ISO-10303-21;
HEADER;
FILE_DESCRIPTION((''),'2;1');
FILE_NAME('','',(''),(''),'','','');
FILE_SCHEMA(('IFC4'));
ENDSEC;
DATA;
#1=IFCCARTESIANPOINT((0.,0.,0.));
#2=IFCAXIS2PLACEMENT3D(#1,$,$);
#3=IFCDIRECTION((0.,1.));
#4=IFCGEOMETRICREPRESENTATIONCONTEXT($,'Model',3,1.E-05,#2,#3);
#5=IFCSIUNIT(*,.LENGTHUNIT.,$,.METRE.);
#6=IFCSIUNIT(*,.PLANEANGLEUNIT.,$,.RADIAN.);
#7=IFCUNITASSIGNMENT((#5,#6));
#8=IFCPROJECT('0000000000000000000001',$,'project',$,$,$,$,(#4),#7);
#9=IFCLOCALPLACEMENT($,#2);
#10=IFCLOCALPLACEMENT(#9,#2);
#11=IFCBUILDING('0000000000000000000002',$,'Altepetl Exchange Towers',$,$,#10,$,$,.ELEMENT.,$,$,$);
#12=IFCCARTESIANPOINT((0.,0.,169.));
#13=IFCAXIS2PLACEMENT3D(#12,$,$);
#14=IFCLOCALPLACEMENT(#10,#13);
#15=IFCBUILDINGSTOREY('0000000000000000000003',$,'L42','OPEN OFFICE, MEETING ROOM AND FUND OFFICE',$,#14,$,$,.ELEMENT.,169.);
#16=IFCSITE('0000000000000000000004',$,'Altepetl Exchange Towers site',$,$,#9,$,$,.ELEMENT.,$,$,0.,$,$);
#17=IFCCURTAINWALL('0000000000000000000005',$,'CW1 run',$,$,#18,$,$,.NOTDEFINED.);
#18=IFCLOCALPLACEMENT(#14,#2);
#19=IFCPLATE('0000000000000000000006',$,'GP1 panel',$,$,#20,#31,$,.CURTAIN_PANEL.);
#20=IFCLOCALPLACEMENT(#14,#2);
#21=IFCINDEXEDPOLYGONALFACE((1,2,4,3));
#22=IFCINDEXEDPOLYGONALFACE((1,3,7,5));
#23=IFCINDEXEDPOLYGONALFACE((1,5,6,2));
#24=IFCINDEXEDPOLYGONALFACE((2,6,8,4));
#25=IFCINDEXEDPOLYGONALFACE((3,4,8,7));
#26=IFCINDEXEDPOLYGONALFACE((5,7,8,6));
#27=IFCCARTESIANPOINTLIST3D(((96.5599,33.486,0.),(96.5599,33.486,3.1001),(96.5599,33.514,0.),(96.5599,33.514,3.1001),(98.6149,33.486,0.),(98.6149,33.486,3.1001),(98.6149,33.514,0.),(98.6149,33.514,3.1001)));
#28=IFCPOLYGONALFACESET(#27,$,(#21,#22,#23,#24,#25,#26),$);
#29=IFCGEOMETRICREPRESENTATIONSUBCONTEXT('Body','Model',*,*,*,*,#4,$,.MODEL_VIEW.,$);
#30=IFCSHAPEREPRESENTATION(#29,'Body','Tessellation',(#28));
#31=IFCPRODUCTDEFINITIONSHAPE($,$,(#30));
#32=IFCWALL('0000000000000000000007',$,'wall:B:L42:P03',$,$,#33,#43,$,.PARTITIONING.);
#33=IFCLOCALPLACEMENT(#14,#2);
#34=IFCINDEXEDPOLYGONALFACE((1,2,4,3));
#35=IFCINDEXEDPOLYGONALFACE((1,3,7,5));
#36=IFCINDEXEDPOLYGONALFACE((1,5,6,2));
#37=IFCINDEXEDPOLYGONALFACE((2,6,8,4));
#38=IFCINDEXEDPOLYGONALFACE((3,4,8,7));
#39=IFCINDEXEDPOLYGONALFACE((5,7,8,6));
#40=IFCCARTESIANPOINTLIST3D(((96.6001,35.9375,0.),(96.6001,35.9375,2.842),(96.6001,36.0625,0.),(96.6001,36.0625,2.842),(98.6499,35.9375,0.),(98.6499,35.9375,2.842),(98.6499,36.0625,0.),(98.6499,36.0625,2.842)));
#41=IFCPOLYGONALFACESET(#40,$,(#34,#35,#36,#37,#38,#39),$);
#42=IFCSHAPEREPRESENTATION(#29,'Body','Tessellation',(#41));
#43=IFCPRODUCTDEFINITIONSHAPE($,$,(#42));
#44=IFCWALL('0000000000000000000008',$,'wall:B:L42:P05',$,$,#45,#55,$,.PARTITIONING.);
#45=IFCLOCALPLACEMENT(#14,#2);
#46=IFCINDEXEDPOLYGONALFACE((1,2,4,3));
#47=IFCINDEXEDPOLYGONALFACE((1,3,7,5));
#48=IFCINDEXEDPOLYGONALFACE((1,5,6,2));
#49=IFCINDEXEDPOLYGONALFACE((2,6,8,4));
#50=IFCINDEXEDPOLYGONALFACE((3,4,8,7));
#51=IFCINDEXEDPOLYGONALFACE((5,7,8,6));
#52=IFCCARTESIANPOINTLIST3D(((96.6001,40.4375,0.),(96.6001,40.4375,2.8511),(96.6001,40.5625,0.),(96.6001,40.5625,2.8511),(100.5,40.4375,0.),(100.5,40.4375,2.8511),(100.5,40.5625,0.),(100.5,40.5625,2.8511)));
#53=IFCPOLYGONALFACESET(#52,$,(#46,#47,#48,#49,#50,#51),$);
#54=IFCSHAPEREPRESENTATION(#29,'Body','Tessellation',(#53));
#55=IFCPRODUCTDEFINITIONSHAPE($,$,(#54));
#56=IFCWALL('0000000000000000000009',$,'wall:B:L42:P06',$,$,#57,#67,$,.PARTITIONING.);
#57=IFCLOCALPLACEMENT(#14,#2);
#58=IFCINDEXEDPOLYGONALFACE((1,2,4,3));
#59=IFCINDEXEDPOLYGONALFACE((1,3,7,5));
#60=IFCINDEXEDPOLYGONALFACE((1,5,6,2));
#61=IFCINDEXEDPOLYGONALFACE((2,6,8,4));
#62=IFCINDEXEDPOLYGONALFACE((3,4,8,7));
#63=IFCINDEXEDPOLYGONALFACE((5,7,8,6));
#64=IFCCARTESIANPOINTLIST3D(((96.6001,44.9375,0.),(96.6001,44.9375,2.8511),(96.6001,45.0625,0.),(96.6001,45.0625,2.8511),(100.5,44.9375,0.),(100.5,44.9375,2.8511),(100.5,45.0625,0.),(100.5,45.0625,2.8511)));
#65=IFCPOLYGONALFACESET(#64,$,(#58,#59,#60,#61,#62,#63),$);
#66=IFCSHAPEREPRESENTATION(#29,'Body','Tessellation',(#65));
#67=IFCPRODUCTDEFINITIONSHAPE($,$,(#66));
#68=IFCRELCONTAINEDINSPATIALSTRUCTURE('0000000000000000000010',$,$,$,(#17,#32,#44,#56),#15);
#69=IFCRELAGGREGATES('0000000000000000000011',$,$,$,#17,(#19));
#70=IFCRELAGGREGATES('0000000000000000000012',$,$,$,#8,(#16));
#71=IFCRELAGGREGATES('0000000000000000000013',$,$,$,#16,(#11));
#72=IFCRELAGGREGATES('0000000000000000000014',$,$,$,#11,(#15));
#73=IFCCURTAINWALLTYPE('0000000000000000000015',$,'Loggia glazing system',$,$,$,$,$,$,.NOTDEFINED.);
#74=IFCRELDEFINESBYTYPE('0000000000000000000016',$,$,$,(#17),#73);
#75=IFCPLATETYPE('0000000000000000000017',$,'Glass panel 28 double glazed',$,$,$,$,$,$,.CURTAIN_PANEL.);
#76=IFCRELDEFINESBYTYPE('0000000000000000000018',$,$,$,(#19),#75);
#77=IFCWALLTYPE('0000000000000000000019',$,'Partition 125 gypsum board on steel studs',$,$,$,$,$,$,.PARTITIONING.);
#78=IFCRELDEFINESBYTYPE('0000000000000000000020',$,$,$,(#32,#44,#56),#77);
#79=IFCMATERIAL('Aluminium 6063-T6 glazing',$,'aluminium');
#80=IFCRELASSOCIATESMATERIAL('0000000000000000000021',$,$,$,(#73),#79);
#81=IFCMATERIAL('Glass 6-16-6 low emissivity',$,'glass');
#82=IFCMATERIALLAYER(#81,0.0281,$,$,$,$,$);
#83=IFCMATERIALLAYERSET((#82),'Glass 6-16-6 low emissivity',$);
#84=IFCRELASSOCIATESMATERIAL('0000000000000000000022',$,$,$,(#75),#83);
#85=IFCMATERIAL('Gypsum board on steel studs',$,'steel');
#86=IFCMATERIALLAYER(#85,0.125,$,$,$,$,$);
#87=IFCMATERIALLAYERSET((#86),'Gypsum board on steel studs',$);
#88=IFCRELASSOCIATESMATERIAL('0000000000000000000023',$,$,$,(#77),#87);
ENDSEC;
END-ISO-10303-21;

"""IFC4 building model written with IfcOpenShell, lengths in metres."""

from ifc_helpers import new_model, si_unit, direction, frame, frame_2d, origin, origin_2d, place, context, subcontext, project, spatial, rectangle, extrude, material, layer, layer_set, type_object, element, aggregate, save


model = new_model("IFC4")

# Units and contexts
model_context = context("Model", 3, precision=1e-05, world=origin(), true_north=direction((0.0, 1.0)))
body_context = subcontext(model_context, "Body", "Model", "MODEL_VIEW")
ifc_project = project(units=[si_unit("LENGTHUNIT", "METRE"), si_unit("PLANEANGLEUNIT", "RADIAN")], contexts=[model_context])

# Site, building, storey
site_placement = place(None, origin())
site = spatial("IfcSite", under=ifc_project, at=site_placement, Name="Altepetl Exchange Towers site", CompositionType="ELEMENT", RefElevation=0.0)
building_placement = place(site_placement, origin())
building = spatial("IfcBuilding", under=site, at=building_placement, Name="Altepetl Exchange Towers", CompositionType="ELEMENT")
storey_placement = place(building_placement, frame((0.0, 0.0, 169.0)))
storey = spatial("IfcBuildingStorey", under=building, at=storey_placement, Name="L42", Description="OPEN OFFICE, MEETING ROOM AND FUND OFFICE", CompositionType="ELEMENT", Elevation=169.0)

# Curtain wall
ifc_material_1 = material(Name="Aluminium 6063-T6 glazing", Category="aluminium")
curtain_wall_type = type_object("IfcCurtainWallType", Name="Loggia glazing system", PredefinedType="NOTDEFINED", material=ifc_material_1)
curtain_wall_1_placement = place(storey_placement, origin())
curtain_wall_1 = element("IfcCurtainWall", 1, at=curtain_wall_1_placement, inside=storey, type_object=curtain_wall_type, Name="CW1 run", PredefinedType="NOTDEFINED")

# Plate
ifc_material_2 = material(Name="Glass 6-16-6 low emissivity", Category="glass")
ifc_layer_1 = layer(ifc_material_2, 0.0281)
ifc_layer_set_1 = layer_set([ifc_layer_1], Name="Glass 6-16-6 low emissivity")
plate_type = type_object("IfcPlateType", Name="Glass panel 28 double glazed", PredefinedType="CURTAIN_PANEL", material=ifc_layer_set_1)
plate_1_placement = place(storey_placement, frame((97.5874, 33.5, 0.0)))
plate_1 = element("IfcPlate", 2, at=plate_1_placement, type_object=plate_type, Name="GP1 panel", PredefinedType="CURTAIN_PANEL", context=body_context, shape_type="SweptSolid", body=[
    extrude(rectangle(XDim=2.0549, YDim=0.0281, at=origin_2d()), origin(), (0.0, 0.0, 1.0), 3.1001),
])
aggregate(curtain_wall_1, [plate_1])

# Walls
ifc_material_3 = material(Name="Gypsum board on steel studs", Category="steel")
ifc_layer_2 = layer(ifc_material_3, 0.125)
ifc_layer_set_2 = layer_set([ifc_layer_2], Name="Gypsum board on steel studs")
wall_type = type_object("IfcWallType", Name="Partition 125 gypsum board on steel studs", PredefinedType="PARTITIONING", material=ifc_layer_set_2)
wall_placement = place(storey_placement, frame((96.6001, 36.0, 0.0)))
element("IfcWall", 3, at=wall_placement, inside=storey, type_object=wall_type, Name="wall:B:L42:P03", PredefinedType="PARTITIONING", context=body_context, shape_type="SweptSolid", body=[
    extrude(rectangle(XDim=2.0498, YDim=0.125, at=frame_2d((1.0249, 0.0))), origin(), (0.0, 0.0, 1.0), 2.842),
])
for number, where, name in (
    (4, (96.6001, 40.5, 0.0), "wall:B:L42:P05"),
    (5, (96.6001, 45.0, 0.0), "wall:B:L42:P06"),
):
    element("IfcWall", number, at=place(storey_placement, frame(where)), inside=storey, type_object=wall_type, Name=name, PredefinedType="PARTITIONING", context=body_context, shape_type="SweptSolid", body=[
        extrude(rectangle(XDim=3.8999, YDim=0.125, at=frame_2d((1.95, 0.0))), origin(), (0.0, 0.0, 1.0), 2.8511),
    ])

save(model, "model.ifc")
